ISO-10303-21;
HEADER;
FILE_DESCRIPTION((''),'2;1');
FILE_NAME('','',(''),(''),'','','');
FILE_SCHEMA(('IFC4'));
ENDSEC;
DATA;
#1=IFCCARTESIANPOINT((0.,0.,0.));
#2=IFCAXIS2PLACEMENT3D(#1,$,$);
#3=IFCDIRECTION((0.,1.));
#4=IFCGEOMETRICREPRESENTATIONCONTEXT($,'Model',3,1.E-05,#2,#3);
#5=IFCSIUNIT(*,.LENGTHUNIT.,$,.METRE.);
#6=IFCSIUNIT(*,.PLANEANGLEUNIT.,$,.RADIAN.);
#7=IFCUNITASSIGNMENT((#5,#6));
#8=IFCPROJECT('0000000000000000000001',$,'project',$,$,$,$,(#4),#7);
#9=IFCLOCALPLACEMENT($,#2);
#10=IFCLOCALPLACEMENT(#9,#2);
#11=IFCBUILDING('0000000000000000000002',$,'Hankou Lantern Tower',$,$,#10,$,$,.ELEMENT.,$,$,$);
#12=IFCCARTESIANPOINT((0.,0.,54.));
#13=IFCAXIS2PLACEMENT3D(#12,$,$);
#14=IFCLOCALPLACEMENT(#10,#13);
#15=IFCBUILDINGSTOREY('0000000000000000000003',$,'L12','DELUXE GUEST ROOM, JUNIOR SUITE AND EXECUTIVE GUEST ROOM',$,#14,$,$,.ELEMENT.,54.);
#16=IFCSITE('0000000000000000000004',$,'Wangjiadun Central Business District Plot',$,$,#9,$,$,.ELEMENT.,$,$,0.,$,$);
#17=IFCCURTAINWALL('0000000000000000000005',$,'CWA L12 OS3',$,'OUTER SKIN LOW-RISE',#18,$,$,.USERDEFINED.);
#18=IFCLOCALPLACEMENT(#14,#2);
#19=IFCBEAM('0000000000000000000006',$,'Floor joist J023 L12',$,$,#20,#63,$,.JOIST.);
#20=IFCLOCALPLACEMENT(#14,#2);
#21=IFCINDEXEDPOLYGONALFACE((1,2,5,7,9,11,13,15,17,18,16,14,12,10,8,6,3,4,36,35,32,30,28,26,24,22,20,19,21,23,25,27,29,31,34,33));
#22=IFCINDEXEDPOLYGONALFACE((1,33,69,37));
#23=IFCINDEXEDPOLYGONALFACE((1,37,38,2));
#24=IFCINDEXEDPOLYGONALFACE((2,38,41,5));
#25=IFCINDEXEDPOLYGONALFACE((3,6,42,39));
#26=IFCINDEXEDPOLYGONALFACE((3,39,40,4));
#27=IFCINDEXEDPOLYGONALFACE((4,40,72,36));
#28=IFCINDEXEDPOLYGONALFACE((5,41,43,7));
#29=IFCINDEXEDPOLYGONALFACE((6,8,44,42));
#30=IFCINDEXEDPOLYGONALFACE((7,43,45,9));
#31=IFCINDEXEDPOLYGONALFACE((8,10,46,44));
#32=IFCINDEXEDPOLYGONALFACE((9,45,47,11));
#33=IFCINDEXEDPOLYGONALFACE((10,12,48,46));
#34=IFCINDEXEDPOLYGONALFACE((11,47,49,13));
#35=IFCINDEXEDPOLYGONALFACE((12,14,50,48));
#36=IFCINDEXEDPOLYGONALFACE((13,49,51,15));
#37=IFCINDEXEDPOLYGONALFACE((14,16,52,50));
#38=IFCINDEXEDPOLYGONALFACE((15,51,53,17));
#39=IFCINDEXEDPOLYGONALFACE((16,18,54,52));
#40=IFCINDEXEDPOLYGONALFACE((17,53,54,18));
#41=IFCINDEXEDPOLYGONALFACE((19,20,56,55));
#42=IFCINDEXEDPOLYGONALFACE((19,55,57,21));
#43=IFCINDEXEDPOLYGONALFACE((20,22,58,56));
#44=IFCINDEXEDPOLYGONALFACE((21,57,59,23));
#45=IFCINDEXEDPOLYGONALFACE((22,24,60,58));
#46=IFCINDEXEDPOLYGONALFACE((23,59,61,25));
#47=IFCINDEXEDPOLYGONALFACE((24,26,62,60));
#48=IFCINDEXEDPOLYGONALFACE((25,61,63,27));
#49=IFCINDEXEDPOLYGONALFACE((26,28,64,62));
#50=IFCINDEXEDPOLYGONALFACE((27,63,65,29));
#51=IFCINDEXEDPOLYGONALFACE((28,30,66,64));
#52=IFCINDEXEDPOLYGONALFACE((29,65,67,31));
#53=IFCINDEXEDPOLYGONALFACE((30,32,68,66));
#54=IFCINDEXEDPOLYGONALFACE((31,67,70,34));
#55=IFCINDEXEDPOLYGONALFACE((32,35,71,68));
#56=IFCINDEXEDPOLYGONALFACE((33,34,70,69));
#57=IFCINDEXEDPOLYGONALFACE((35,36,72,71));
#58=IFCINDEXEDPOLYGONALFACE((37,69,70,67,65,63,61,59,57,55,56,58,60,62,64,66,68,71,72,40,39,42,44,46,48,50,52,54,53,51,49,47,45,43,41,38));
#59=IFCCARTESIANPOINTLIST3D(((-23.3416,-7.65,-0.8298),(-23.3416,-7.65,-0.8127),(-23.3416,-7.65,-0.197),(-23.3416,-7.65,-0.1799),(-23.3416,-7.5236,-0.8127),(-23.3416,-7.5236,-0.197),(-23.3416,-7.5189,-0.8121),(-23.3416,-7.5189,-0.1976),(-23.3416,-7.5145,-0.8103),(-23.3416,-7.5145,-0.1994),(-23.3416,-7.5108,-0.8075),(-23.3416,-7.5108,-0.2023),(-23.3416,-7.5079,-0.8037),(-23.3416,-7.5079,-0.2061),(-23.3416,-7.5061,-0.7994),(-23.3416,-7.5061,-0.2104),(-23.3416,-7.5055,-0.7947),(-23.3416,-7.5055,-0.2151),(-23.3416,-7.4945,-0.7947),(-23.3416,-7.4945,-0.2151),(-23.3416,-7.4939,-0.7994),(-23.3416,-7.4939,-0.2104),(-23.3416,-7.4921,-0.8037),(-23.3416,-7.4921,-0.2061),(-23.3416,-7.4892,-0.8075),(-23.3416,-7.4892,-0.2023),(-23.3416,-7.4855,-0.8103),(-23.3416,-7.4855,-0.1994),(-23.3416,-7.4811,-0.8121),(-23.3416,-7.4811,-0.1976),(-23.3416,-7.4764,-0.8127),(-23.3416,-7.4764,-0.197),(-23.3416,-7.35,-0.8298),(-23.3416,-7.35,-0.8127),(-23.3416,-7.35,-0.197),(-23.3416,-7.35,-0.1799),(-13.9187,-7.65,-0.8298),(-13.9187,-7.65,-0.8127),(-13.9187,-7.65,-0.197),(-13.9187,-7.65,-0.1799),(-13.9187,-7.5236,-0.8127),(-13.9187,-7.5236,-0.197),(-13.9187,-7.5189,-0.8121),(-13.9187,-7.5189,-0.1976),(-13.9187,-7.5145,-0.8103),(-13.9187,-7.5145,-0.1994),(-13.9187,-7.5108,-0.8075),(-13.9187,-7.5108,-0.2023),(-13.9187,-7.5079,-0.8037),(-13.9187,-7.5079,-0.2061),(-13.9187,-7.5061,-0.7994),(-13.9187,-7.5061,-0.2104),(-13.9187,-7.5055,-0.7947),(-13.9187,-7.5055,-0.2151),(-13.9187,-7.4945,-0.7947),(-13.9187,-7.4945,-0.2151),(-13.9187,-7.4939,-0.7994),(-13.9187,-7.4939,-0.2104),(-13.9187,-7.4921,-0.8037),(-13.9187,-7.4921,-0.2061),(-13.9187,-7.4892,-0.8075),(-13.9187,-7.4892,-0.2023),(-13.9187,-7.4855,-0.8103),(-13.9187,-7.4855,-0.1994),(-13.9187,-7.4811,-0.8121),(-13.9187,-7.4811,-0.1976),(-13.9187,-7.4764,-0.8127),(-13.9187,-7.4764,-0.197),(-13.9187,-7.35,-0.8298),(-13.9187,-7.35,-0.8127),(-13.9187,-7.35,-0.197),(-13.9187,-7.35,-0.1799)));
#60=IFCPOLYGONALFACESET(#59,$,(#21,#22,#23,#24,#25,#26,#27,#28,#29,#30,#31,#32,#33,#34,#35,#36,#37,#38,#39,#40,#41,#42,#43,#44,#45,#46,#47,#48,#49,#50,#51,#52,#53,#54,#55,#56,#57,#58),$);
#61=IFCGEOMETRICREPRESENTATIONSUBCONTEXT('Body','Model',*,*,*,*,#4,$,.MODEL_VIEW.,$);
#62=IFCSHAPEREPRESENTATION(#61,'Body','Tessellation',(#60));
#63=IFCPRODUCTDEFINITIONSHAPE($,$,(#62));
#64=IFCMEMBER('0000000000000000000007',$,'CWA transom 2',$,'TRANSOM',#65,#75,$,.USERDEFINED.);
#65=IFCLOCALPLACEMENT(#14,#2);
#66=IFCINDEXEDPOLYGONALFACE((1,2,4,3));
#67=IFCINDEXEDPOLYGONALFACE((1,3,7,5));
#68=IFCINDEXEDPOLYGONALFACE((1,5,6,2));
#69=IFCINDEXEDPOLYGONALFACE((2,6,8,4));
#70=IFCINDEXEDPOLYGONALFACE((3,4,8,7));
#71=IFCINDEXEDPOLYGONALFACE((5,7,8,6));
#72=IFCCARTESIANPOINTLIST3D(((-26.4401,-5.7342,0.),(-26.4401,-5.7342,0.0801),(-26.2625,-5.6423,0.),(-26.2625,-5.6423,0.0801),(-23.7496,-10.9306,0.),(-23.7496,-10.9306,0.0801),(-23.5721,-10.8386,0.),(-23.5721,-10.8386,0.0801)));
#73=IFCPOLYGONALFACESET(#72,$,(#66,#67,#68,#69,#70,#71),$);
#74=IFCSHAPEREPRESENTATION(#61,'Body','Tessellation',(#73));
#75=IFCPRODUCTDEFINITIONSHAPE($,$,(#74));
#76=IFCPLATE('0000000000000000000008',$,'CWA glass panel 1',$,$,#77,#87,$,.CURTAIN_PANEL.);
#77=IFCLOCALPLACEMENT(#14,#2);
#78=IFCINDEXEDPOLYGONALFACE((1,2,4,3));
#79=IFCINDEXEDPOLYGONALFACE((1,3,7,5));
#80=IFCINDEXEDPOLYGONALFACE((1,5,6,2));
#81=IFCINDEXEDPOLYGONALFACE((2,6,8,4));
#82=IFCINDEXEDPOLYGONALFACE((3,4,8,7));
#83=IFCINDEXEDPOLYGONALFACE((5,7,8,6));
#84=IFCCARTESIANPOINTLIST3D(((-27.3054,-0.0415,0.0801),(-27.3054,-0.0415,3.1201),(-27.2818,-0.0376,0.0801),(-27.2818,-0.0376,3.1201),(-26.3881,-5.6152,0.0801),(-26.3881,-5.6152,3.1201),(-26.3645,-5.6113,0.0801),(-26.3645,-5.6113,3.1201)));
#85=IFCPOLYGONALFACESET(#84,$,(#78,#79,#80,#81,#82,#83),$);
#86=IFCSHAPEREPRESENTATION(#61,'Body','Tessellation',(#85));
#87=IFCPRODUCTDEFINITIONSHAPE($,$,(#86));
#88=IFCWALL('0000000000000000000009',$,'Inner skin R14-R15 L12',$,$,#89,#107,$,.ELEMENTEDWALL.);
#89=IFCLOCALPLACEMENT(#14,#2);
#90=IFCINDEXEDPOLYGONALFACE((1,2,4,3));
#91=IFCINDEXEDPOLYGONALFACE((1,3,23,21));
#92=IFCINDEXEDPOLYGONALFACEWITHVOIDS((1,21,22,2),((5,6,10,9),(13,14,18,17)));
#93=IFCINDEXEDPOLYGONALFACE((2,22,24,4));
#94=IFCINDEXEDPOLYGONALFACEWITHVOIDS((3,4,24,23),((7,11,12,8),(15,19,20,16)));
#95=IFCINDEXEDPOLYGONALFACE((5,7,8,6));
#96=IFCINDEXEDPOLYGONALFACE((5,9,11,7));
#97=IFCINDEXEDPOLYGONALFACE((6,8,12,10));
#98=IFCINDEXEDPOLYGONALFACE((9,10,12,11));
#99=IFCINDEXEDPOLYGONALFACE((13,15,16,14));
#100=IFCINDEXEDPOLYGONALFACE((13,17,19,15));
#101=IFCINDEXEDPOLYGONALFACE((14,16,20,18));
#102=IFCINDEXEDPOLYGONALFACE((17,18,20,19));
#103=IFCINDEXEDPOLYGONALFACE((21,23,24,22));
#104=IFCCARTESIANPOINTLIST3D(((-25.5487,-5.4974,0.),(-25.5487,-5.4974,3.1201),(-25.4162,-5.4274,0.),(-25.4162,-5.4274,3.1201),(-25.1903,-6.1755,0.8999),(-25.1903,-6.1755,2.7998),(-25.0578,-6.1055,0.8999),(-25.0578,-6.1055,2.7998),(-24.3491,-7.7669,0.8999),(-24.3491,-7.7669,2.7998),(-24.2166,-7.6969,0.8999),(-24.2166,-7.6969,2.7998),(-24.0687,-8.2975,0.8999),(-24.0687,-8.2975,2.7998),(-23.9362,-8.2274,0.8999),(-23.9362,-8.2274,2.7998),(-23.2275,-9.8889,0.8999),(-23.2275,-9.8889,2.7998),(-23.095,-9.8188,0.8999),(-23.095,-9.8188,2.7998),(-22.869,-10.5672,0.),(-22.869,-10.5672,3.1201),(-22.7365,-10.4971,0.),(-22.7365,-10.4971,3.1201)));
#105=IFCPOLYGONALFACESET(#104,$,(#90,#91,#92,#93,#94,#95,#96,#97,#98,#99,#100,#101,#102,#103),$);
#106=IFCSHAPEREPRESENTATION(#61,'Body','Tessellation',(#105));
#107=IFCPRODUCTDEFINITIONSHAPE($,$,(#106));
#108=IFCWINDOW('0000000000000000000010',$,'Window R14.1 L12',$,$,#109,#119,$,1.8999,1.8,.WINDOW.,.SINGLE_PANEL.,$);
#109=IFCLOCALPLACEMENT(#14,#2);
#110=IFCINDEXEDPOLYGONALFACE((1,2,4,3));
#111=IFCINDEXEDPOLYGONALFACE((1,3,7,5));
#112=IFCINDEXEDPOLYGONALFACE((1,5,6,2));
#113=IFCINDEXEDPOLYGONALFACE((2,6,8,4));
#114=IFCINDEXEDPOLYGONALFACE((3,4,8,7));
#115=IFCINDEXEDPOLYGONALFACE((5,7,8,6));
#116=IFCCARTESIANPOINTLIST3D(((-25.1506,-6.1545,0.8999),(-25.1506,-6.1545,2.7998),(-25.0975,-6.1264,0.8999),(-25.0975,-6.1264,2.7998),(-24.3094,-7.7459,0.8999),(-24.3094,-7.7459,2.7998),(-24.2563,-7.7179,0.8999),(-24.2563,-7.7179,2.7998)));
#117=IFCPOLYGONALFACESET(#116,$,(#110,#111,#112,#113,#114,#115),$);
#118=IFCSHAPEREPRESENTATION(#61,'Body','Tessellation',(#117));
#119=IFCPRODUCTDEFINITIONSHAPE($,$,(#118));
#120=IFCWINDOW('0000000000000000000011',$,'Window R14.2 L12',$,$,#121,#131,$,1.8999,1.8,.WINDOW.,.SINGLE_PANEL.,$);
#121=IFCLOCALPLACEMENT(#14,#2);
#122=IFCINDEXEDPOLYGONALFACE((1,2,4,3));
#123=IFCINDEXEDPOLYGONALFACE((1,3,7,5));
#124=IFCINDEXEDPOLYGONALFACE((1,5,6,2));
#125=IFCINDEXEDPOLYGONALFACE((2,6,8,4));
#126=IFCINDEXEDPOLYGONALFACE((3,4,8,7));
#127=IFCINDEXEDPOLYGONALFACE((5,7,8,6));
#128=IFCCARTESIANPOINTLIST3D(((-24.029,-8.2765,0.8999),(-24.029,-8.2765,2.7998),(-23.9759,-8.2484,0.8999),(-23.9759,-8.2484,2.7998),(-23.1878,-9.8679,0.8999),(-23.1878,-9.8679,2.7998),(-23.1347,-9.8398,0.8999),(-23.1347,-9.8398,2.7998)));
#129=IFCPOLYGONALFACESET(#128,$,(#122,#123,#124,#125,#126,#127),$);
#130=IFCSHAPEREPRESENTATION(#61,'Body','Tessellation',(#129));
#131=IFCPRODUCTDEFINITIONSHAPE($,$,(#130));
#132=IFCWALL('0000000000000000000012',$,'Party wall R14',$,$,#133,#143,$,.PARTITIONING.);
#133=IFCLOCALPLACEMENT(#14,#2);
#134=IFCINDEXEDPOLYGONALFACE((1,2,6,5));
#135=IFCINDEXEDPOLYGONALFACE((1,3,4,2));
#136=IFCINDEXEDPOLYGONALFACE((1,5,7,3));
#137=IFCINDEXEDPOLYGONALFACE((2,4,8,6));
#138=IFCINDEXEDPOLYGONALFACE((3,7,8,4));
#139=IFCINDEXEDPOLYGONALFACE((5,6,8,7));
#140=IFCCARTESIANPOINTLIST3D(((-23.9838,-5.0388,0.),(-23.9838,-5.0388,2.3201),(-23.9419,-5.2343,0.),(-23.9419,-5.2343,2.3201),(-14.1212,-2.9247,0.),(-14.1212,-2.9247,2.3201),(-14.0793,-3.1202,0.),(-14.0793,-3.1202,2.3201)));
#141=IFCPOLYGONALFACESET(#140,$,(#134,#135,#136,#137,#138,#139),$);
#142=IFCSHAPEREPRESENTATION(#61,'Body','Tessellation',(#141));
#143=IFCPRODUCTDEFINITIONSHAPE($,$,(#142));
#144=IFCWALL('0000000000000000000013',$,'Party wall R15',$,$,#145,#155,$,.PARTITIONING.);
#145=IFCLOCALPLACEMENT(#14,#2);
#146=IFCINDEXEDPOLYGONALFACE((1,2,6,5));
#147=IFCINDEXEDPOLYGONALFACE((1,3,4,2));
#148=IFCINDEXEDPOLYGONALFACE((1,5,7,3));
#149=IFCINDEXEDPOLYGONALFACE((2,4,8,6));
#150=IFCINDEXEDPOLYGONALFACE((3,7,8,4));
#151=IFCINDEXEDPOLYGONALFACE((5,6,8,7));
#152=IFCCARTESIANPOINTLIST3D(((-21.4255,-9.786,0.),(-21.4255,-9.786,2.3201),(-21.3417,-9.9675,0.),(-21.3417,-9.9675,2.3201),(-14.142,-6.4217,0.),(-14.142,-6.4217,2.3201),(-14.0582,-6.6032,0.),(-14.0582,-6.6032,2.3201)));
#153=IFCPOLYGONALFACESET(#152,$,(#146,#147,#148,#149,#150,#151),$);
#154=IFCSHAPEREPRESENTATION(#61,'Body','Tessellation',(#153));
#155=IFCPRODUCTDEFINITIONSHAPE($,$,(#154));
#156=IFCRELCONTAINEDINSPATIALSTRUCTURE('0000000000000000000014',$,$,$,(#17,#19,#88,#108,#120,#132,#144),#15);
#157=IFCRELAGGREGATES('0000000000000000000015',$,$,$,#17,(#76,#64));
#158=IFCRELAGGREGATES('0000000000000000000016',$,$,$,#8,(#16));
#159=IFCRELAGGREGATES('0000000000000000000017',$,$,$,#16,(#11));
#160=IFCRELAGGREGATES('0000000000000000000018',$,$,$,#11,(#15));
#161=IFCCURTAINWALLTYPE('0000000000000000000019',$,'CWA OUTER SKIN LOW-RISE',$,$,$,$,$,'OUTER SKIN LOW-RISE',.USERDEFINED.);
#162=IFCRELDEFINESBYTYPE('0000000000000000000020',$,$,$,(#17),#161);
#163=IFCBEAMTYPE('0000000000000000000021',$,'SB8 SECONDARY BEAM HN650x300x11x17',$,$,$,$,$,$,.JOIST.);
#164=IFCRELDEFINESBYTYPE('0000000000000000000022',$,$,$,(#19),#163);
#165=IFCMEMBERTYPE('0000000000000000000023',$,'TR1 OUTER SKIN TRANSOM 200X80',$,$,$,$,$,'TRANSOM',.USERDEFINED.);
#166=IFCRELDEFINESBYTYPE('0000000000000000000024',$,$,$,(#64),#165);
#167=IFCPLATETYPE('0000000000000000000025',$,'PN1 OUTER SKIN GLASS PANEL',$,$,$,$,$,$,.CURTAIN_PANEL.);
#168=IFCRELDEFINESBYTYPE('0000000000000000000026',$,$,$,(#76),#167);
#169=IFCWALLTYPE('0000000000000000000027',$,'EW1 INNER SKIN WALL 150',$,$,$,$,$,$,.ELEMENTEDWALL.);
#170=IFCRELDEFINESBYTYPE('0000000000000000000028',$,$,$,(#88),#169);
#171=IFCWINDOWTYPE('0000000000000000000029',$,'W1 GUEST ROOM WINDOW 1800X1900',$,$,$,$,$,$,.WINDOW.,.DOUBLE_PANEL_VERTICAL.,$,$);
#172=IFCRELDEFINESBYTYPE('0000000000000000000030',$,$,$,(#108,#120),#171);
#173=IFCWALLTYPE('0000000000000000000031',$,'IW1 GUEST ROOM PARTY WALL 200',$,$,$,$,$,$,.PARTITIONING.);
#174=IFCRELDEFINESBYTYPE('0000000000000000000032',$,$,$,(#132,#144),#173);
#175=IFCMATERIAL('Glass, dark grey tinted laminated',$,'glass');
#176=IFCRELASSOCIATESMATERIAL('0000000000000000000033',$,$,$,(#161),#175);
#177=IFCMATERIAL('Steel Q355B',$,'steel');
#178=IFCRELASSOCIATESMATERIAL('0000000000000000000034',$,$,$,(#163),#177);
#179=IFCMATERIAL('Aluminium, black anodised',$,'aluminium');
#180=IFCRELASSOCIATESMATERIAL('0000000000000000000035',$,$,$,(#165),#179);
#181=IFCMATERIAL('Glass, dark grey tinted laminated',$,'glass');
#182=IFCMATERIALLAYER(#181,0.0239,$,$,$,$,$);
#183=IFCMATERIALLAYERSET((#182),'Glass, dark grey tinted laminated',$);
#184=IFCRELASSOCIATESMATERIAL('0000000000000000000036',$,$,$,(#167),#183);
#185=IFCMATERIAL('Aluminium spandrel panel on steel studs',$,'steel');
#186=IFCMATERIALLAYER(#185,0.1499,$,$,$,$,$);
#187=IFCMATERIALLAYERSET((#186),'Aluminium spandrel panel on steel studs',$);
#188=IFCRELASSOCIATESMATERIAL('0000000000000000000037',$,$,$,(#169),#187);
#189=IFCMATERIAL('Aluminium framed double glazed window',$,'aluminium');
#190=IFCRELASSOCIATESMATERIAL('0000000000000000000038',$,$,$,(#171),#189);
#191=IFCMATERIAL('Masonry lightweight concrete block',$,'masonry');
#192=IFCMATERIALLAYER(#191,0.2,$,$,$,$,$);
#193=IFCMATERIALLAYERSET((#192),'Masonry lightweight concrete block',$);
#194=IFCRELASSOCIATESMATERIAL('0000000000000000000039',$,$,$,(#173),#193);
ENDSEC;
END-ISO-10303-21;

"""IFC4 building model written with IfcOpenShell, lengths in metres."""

from ifc_helpers import new_model, si_unit, direction, frame, frame_2d, origin, origin_2d, place, context, subcontext, project, spatial, rectangle, i_section, extrude, material, layer, layer_set, material_profile, profile_set, type_object, element, fill, aggregate, save


model = new_model("IFC4")

# Units and contexts
model_context = context("Model", 3, precision=1e-05, world=origin(), true_north=direction((0.0, 1.0)))
body_context = subcontext(model_context, "Body", "Model", "MODEL_VIEW")
ifc_project = project(units=[si_unit("LENGTHUNIT", "METRE"), si_unit("PLANEANGLEUNIT", "RADIAN")], contexts=[model_context])

# Site, building, storey
site_placement = place(None, origin())
site = spatial("IfcSite", under=ifc_project, at=site_placement, Name="Wangjiadun Central Business District Plot", CompositionType="ELEMENT", RefElevation=0.0)
building_placement = place(site_placement, origin())
building = spatial("IfcBuilding", under=site, at=building_placement, Name="Hankou Lantern Tower", CompositionType="ELEMENT")
storey_placement = place(building_placement, frame((0.0, 0.0, 54.0)))
storey = spatial("IfcBuildingStorey", under=building, at=storey_placement, Name="L12", Description="DELUXE GUEST ROOM, JUNIOR SUITE AND EXECUTIVE GUEST ROOM", CompositionType="ELEMENT", Elevation=54.0)

# Curtain wall
ifc_material_1 = material(Name="Glass, dark grey tinted laminated", Category="glass")
curtain_wall_type = type_object("IfcCurtainWallType", Name="CWA OUTER SKIN LOW-RISE", ElementType="OUTER SKIN LOW-RISE", PredefinedType="USERDEFINED", material=ifc_material_1)
curtain_wall_placement = place(storey_placement, origin())
curtain_wall = element("IfcCurtainWall", 1, at=curtain_wall_placement, inside=storey, type_object=curtain_wall_type, Name="CWA L12 OS3", ObjectType="OUTER SKIN LOW-RISE", PredefinedType="USERDEFINED")

# Beam
ifc_material_2 = material(Name="Steel Q355B", Category="steel")
ifc_material_profile_1 = material_profile(ifc_material_2, i_section(OverallWidth=0.3, OverallDepth=0.6499, WebThickness=0.011, FlangeThickness=0.0171, FilletRadius=0.0181, at=origin_2d()), Name="HN650x300x11x17")
ifc_profile_set_1 = profile_set([ifc_material_profile_1], Name="Steel Q355B")
beam_type_1 = type_object("IfcBeamType", Name="SB8 SECONDARY BEAM HN650x300x11x17", PredefinedType="JOIST", material=ifc_profile_set_1)
beam_1_placement = place(storey_placement, frame((-23.3416, -7.5, -0.5049), z_axis=(1.0, 0.0, 0.0), x_axis=(0.0, 1.0, 0.0)))
element("IfcBeam", 2, at=beam_1_placement, inside=storey, type_object=beam_type_1, Name="Floor joist J023 L12", PredefinedType="JOIST", context=body_context, shape_type="SweptSolid", body=[
    extrude(i_section(OverallWidth=0.3, OverallDepth=0.6499, WebThickness=0.011, FlangeThickness=0.0171, FilletRadius=0.0181, at=origin_2d()), origin(), (0.0, 0.0, 1.0), 9.4229),
])

# Member
ifc_material_3 = material(Name="Aluminium, black anodised", Category="aluminium")
ifc_material_profile_2 = material_profile(ifc_material_3, rectangle(XDim=0.2, YDim=0.0801, at=origin_2d()), Name="TR1 200X80")
ifc_profile_set_2 = profile_set([ifc_material_profile_2], Name="Aluminium, black anodised")
member_type_1 = type_object("IfcMemberType", Name="TR1 OUTER SKIN TRANSOM 200X80", ElementType="TRANSOM", PredefinedType="USERDEFINED", material=ifc_profile_set_2)
member_1_placement = place(storey_placement, frame((-26.3513, -5.6882, 0.04), z_axis=(0.459786, -0.88803, 0.0), x_axis=(0.88803, 0.459786, 0.0)))
member_1 = element("IfcMember", 3, at=member_1_placement, type_object=member_type_1, Name="CWA transom 2", ObjectType="TRANSOM", PredefinedType="USERDEFINED", context=body_context, shape_type="SweptSolid", body=[
    extrude(rectangle(XDim=0.2, YDim=0.0801, at=origin_2d()), origin(), (0.0, 0.0, 1.0), 5.8516),
])

# Plate
ifc_material_4 = material(Name="Glass, dark grey tinted laminated", Category="glass")
ifc_layer_1 = layer(ifc_material_4, 0.0239)
ifc_layer_set_1 = layer_set([ifc_layer_1], Name="Glass, dark grey tinted laminated")
plate_type = type_object("IfcPlateType", Name="PN1 OUTER SKIN GLASS PANEL", PredefinedType="CURTAIN_PANEL", material=ifc_layer_set_1)
plate_placement = place(storey_placement, frame((-26.835, -2.8264, 0.0801), z_axis=(0.0, 0.0, 1.0), x_axis=(0.162382, -0.986728, 0.0)))
plate = element("IfcPlate", 4, at=plate_placement, type_object=plate_type, Name="CWA glass panel 1", PredefinedType="CURTAIN_PANEL", context=body_context, shape_type="SweptSolid", body=[
    extrude(rectangle(XDim=5.6487, YDim=0.0239, at=origin_2d()), origin(), (0.0, 0.0, 1.0), 3.04),
])
aggregate(curtain_wall, [plate, member_1])

# Wall, openings, windows
ifc_material_5 = material(Name="Aluminium spandrel panel on steel studs", Category="steel")
ifc_layer_2 = layer(ifc_material_5, 0.1499)
ifc_layer_set_2 = layer_set([ifc_layer_2], Name="Aluminium spandrel panel on steel studs")
wall_type_1 = type_object("IfcWallType", Name="EW1 INNER SKIN WALL 150", PredefinedType="ELEMENTEDWALL", material=ifc_layer_set_2)
wall_1_placement = place(storey_placement, frame((-25.4824, -5.4624, 0.0), z_axis=(0.0, 0.0, 1.0), x_axis=(0.467297, -0.8841, 0.0)))
wall_1 = element("IfcWall", 5, at=wall_1_placement, inside=storey, type_object=wall_type_1, Name="Inner skin R14-R15 L12", PredefinedType="ELEMENTEDWALL", context=body_context, shape_type="SweptSolid", body=[
    extrude(rectangle(XDim=5.7344, YDim=0.1499, at=frame_2d((2.8672, 0.0))), origin(), (0.0, 0.0, 1.0), 3.1201),
])
opening_1_placement = place(wall_1_placement, frame((0.7671, 0.0, 0.8999)))
opening_1 = element("IfcOpeningElement", 6, at=opening_1_placement, cuts=wall_1, PredefinedType="OPENING", context=body_context, shape_type="SweptSolid", body=[
    extrude(rectangle(XDim=1.8, YDim=1.8999, at=frame_2d((0.8999, 0.95))), frame((0.0, 0.085, 0.0), z_axis=(0.0, -1.0, 0.0), x_axis=(1.0, 0.0, 0.0)), (0.0, 0.0, 1.0), 0.1699),
])
opening_2_placement = place(wall_1_placement, frame((3.1672, 0.0, 0.8999)))
opening_2 = element("IfcOpeningElement", 7, at=opening_2_placement, cuts=wall_1, PredefinedType="OPENING", context=body_context, shape_type="SweptSolid", body=[
    extrude(rectangle(XDim=1.8, YDim=1.8999, at=frame_2d((0.8999, 0.95))), frame((0.0, 0.085, 0.0), z_axis=(0.0, -1.0, 0.0), x_axis=(1.0, 0.0, 0.0)), (0.0, 0.0, 1.0), 0.1699),
])
ifc_material_6 = material(Name="Aluminium framed double glazed window", Category="aluminium")
window_type = type_object("IfcWindowType", Name="W1 GUEST ROOM WINDOW 1800X1900", PartitioningType="DOUBLE_PANEL_VERTICAL", PredefinedType="WINDOW", material=ifc_material_6)
window_1_placement = place(opening_1_placement, origin())
window_1 = element("IfcWindow", 8, at=window_1_placement, inside=storey, type_object=window_type, Name="Window R14.1 L12", OverallHeight=1.8999, OverallWidth=1.8, PartitioningType="SINGLE_PANEL", PredefinedType="WINDOW", context=body_context, shape_type="SweptSolid", body=[
    extrude(rectangle(XDim=1.8, YDim=1.8999, at=frame_2d((0.8999, 0.95))), frame((0.0, 0.03, 0.0), z_axis=(0.0, -1.0, 0.0), x_axis=(1.0, 0.0, 0.0)), (0.0, 0.0, 1.0), 0.0601),
])
fill(opening_1, window_1)
window_2_placement = place(opening_2_placement, origin())
window_2 = element("IfcWindow", 9, at=window_2_placement, inside=storey, type_object=window_type, Name="Window R14.2 L12", OverallHeight=1.8999, OverallWidth=1.8, PartitioningType="SINGLE_PANEL", PredefinedType="WINDOW", context=body_context, shape_type="SweptSolid", body=[
    extrude(rectangle(XDim=1.8, YDim=1.8999, at=frame_2d((0.8999, 0.95))), frame((0.0, 0.03, 0.0), z_axis=(0.0, -1.0, 0.0), x_axis=(1.0, 0.0, 0.0)), (0.0, 0.0, 1.0), 0.0601),
])
fill(opening_2, window_2)

# Walls
ifc_material_7 = material(Name="Masonry lightweight concrete block", Category="masonry")
ifc_layer_3 = layer(ifc_material_7, 0.2)
ifc_layer_set_3 = layer_set([ifc_layer_3], Name="Masonry lightweight concrete block")
wall_type_2 = type_object("IfcWallType", Name="IW1 GUEST ROOM PARTY WALL 200", PredefinedType="PARTITIONING", material=ifc_layer_set_3)
wall_2_placement = place(storey_placement, frame((-14.1001, -3.0225, 0.0), z_axis=(0.0, 0.0, 1.0), x_axis=(-0.97779, -0.209587, 0.0)))
element("IfcWall", 10, at=wall_2_placement, inside=storey, type_object=wall_type_2, Name="Party wall R14", PredefinedType="PARTITIONING", context=body_context, shape_type="SweptSolid", body=[
    extrude(rectangle(XDim=10.0867, YDim=0.2, at=frame_2d((5.0435, 0.0))), origin(), (0.0, 0.0, 1.0), 2.3201),
])
wall_3_placement = place(storey_placement, frame((-14.1001, -6.5125, 0.0), z_axis=(0.0, 0.0, 1.0), x_axis=(-0.907833, -0.419332, 0.0)))
element("IfcWall", 11, at=wall_3_placement, inside=storey, type_object=wall_type_2, Name="Party wall R15", PredefinedType="PARTITIONING", context=body_context, shape_type="SweptSolid", body=[
    extrude(rectangle(XDim=8.0229, YDim=0.2, at=frame_2d((4.0115, 0.0))), origin(), (0.0, 0.0, 1.0), 2.3201),
])

save(model, "model.ifc")
